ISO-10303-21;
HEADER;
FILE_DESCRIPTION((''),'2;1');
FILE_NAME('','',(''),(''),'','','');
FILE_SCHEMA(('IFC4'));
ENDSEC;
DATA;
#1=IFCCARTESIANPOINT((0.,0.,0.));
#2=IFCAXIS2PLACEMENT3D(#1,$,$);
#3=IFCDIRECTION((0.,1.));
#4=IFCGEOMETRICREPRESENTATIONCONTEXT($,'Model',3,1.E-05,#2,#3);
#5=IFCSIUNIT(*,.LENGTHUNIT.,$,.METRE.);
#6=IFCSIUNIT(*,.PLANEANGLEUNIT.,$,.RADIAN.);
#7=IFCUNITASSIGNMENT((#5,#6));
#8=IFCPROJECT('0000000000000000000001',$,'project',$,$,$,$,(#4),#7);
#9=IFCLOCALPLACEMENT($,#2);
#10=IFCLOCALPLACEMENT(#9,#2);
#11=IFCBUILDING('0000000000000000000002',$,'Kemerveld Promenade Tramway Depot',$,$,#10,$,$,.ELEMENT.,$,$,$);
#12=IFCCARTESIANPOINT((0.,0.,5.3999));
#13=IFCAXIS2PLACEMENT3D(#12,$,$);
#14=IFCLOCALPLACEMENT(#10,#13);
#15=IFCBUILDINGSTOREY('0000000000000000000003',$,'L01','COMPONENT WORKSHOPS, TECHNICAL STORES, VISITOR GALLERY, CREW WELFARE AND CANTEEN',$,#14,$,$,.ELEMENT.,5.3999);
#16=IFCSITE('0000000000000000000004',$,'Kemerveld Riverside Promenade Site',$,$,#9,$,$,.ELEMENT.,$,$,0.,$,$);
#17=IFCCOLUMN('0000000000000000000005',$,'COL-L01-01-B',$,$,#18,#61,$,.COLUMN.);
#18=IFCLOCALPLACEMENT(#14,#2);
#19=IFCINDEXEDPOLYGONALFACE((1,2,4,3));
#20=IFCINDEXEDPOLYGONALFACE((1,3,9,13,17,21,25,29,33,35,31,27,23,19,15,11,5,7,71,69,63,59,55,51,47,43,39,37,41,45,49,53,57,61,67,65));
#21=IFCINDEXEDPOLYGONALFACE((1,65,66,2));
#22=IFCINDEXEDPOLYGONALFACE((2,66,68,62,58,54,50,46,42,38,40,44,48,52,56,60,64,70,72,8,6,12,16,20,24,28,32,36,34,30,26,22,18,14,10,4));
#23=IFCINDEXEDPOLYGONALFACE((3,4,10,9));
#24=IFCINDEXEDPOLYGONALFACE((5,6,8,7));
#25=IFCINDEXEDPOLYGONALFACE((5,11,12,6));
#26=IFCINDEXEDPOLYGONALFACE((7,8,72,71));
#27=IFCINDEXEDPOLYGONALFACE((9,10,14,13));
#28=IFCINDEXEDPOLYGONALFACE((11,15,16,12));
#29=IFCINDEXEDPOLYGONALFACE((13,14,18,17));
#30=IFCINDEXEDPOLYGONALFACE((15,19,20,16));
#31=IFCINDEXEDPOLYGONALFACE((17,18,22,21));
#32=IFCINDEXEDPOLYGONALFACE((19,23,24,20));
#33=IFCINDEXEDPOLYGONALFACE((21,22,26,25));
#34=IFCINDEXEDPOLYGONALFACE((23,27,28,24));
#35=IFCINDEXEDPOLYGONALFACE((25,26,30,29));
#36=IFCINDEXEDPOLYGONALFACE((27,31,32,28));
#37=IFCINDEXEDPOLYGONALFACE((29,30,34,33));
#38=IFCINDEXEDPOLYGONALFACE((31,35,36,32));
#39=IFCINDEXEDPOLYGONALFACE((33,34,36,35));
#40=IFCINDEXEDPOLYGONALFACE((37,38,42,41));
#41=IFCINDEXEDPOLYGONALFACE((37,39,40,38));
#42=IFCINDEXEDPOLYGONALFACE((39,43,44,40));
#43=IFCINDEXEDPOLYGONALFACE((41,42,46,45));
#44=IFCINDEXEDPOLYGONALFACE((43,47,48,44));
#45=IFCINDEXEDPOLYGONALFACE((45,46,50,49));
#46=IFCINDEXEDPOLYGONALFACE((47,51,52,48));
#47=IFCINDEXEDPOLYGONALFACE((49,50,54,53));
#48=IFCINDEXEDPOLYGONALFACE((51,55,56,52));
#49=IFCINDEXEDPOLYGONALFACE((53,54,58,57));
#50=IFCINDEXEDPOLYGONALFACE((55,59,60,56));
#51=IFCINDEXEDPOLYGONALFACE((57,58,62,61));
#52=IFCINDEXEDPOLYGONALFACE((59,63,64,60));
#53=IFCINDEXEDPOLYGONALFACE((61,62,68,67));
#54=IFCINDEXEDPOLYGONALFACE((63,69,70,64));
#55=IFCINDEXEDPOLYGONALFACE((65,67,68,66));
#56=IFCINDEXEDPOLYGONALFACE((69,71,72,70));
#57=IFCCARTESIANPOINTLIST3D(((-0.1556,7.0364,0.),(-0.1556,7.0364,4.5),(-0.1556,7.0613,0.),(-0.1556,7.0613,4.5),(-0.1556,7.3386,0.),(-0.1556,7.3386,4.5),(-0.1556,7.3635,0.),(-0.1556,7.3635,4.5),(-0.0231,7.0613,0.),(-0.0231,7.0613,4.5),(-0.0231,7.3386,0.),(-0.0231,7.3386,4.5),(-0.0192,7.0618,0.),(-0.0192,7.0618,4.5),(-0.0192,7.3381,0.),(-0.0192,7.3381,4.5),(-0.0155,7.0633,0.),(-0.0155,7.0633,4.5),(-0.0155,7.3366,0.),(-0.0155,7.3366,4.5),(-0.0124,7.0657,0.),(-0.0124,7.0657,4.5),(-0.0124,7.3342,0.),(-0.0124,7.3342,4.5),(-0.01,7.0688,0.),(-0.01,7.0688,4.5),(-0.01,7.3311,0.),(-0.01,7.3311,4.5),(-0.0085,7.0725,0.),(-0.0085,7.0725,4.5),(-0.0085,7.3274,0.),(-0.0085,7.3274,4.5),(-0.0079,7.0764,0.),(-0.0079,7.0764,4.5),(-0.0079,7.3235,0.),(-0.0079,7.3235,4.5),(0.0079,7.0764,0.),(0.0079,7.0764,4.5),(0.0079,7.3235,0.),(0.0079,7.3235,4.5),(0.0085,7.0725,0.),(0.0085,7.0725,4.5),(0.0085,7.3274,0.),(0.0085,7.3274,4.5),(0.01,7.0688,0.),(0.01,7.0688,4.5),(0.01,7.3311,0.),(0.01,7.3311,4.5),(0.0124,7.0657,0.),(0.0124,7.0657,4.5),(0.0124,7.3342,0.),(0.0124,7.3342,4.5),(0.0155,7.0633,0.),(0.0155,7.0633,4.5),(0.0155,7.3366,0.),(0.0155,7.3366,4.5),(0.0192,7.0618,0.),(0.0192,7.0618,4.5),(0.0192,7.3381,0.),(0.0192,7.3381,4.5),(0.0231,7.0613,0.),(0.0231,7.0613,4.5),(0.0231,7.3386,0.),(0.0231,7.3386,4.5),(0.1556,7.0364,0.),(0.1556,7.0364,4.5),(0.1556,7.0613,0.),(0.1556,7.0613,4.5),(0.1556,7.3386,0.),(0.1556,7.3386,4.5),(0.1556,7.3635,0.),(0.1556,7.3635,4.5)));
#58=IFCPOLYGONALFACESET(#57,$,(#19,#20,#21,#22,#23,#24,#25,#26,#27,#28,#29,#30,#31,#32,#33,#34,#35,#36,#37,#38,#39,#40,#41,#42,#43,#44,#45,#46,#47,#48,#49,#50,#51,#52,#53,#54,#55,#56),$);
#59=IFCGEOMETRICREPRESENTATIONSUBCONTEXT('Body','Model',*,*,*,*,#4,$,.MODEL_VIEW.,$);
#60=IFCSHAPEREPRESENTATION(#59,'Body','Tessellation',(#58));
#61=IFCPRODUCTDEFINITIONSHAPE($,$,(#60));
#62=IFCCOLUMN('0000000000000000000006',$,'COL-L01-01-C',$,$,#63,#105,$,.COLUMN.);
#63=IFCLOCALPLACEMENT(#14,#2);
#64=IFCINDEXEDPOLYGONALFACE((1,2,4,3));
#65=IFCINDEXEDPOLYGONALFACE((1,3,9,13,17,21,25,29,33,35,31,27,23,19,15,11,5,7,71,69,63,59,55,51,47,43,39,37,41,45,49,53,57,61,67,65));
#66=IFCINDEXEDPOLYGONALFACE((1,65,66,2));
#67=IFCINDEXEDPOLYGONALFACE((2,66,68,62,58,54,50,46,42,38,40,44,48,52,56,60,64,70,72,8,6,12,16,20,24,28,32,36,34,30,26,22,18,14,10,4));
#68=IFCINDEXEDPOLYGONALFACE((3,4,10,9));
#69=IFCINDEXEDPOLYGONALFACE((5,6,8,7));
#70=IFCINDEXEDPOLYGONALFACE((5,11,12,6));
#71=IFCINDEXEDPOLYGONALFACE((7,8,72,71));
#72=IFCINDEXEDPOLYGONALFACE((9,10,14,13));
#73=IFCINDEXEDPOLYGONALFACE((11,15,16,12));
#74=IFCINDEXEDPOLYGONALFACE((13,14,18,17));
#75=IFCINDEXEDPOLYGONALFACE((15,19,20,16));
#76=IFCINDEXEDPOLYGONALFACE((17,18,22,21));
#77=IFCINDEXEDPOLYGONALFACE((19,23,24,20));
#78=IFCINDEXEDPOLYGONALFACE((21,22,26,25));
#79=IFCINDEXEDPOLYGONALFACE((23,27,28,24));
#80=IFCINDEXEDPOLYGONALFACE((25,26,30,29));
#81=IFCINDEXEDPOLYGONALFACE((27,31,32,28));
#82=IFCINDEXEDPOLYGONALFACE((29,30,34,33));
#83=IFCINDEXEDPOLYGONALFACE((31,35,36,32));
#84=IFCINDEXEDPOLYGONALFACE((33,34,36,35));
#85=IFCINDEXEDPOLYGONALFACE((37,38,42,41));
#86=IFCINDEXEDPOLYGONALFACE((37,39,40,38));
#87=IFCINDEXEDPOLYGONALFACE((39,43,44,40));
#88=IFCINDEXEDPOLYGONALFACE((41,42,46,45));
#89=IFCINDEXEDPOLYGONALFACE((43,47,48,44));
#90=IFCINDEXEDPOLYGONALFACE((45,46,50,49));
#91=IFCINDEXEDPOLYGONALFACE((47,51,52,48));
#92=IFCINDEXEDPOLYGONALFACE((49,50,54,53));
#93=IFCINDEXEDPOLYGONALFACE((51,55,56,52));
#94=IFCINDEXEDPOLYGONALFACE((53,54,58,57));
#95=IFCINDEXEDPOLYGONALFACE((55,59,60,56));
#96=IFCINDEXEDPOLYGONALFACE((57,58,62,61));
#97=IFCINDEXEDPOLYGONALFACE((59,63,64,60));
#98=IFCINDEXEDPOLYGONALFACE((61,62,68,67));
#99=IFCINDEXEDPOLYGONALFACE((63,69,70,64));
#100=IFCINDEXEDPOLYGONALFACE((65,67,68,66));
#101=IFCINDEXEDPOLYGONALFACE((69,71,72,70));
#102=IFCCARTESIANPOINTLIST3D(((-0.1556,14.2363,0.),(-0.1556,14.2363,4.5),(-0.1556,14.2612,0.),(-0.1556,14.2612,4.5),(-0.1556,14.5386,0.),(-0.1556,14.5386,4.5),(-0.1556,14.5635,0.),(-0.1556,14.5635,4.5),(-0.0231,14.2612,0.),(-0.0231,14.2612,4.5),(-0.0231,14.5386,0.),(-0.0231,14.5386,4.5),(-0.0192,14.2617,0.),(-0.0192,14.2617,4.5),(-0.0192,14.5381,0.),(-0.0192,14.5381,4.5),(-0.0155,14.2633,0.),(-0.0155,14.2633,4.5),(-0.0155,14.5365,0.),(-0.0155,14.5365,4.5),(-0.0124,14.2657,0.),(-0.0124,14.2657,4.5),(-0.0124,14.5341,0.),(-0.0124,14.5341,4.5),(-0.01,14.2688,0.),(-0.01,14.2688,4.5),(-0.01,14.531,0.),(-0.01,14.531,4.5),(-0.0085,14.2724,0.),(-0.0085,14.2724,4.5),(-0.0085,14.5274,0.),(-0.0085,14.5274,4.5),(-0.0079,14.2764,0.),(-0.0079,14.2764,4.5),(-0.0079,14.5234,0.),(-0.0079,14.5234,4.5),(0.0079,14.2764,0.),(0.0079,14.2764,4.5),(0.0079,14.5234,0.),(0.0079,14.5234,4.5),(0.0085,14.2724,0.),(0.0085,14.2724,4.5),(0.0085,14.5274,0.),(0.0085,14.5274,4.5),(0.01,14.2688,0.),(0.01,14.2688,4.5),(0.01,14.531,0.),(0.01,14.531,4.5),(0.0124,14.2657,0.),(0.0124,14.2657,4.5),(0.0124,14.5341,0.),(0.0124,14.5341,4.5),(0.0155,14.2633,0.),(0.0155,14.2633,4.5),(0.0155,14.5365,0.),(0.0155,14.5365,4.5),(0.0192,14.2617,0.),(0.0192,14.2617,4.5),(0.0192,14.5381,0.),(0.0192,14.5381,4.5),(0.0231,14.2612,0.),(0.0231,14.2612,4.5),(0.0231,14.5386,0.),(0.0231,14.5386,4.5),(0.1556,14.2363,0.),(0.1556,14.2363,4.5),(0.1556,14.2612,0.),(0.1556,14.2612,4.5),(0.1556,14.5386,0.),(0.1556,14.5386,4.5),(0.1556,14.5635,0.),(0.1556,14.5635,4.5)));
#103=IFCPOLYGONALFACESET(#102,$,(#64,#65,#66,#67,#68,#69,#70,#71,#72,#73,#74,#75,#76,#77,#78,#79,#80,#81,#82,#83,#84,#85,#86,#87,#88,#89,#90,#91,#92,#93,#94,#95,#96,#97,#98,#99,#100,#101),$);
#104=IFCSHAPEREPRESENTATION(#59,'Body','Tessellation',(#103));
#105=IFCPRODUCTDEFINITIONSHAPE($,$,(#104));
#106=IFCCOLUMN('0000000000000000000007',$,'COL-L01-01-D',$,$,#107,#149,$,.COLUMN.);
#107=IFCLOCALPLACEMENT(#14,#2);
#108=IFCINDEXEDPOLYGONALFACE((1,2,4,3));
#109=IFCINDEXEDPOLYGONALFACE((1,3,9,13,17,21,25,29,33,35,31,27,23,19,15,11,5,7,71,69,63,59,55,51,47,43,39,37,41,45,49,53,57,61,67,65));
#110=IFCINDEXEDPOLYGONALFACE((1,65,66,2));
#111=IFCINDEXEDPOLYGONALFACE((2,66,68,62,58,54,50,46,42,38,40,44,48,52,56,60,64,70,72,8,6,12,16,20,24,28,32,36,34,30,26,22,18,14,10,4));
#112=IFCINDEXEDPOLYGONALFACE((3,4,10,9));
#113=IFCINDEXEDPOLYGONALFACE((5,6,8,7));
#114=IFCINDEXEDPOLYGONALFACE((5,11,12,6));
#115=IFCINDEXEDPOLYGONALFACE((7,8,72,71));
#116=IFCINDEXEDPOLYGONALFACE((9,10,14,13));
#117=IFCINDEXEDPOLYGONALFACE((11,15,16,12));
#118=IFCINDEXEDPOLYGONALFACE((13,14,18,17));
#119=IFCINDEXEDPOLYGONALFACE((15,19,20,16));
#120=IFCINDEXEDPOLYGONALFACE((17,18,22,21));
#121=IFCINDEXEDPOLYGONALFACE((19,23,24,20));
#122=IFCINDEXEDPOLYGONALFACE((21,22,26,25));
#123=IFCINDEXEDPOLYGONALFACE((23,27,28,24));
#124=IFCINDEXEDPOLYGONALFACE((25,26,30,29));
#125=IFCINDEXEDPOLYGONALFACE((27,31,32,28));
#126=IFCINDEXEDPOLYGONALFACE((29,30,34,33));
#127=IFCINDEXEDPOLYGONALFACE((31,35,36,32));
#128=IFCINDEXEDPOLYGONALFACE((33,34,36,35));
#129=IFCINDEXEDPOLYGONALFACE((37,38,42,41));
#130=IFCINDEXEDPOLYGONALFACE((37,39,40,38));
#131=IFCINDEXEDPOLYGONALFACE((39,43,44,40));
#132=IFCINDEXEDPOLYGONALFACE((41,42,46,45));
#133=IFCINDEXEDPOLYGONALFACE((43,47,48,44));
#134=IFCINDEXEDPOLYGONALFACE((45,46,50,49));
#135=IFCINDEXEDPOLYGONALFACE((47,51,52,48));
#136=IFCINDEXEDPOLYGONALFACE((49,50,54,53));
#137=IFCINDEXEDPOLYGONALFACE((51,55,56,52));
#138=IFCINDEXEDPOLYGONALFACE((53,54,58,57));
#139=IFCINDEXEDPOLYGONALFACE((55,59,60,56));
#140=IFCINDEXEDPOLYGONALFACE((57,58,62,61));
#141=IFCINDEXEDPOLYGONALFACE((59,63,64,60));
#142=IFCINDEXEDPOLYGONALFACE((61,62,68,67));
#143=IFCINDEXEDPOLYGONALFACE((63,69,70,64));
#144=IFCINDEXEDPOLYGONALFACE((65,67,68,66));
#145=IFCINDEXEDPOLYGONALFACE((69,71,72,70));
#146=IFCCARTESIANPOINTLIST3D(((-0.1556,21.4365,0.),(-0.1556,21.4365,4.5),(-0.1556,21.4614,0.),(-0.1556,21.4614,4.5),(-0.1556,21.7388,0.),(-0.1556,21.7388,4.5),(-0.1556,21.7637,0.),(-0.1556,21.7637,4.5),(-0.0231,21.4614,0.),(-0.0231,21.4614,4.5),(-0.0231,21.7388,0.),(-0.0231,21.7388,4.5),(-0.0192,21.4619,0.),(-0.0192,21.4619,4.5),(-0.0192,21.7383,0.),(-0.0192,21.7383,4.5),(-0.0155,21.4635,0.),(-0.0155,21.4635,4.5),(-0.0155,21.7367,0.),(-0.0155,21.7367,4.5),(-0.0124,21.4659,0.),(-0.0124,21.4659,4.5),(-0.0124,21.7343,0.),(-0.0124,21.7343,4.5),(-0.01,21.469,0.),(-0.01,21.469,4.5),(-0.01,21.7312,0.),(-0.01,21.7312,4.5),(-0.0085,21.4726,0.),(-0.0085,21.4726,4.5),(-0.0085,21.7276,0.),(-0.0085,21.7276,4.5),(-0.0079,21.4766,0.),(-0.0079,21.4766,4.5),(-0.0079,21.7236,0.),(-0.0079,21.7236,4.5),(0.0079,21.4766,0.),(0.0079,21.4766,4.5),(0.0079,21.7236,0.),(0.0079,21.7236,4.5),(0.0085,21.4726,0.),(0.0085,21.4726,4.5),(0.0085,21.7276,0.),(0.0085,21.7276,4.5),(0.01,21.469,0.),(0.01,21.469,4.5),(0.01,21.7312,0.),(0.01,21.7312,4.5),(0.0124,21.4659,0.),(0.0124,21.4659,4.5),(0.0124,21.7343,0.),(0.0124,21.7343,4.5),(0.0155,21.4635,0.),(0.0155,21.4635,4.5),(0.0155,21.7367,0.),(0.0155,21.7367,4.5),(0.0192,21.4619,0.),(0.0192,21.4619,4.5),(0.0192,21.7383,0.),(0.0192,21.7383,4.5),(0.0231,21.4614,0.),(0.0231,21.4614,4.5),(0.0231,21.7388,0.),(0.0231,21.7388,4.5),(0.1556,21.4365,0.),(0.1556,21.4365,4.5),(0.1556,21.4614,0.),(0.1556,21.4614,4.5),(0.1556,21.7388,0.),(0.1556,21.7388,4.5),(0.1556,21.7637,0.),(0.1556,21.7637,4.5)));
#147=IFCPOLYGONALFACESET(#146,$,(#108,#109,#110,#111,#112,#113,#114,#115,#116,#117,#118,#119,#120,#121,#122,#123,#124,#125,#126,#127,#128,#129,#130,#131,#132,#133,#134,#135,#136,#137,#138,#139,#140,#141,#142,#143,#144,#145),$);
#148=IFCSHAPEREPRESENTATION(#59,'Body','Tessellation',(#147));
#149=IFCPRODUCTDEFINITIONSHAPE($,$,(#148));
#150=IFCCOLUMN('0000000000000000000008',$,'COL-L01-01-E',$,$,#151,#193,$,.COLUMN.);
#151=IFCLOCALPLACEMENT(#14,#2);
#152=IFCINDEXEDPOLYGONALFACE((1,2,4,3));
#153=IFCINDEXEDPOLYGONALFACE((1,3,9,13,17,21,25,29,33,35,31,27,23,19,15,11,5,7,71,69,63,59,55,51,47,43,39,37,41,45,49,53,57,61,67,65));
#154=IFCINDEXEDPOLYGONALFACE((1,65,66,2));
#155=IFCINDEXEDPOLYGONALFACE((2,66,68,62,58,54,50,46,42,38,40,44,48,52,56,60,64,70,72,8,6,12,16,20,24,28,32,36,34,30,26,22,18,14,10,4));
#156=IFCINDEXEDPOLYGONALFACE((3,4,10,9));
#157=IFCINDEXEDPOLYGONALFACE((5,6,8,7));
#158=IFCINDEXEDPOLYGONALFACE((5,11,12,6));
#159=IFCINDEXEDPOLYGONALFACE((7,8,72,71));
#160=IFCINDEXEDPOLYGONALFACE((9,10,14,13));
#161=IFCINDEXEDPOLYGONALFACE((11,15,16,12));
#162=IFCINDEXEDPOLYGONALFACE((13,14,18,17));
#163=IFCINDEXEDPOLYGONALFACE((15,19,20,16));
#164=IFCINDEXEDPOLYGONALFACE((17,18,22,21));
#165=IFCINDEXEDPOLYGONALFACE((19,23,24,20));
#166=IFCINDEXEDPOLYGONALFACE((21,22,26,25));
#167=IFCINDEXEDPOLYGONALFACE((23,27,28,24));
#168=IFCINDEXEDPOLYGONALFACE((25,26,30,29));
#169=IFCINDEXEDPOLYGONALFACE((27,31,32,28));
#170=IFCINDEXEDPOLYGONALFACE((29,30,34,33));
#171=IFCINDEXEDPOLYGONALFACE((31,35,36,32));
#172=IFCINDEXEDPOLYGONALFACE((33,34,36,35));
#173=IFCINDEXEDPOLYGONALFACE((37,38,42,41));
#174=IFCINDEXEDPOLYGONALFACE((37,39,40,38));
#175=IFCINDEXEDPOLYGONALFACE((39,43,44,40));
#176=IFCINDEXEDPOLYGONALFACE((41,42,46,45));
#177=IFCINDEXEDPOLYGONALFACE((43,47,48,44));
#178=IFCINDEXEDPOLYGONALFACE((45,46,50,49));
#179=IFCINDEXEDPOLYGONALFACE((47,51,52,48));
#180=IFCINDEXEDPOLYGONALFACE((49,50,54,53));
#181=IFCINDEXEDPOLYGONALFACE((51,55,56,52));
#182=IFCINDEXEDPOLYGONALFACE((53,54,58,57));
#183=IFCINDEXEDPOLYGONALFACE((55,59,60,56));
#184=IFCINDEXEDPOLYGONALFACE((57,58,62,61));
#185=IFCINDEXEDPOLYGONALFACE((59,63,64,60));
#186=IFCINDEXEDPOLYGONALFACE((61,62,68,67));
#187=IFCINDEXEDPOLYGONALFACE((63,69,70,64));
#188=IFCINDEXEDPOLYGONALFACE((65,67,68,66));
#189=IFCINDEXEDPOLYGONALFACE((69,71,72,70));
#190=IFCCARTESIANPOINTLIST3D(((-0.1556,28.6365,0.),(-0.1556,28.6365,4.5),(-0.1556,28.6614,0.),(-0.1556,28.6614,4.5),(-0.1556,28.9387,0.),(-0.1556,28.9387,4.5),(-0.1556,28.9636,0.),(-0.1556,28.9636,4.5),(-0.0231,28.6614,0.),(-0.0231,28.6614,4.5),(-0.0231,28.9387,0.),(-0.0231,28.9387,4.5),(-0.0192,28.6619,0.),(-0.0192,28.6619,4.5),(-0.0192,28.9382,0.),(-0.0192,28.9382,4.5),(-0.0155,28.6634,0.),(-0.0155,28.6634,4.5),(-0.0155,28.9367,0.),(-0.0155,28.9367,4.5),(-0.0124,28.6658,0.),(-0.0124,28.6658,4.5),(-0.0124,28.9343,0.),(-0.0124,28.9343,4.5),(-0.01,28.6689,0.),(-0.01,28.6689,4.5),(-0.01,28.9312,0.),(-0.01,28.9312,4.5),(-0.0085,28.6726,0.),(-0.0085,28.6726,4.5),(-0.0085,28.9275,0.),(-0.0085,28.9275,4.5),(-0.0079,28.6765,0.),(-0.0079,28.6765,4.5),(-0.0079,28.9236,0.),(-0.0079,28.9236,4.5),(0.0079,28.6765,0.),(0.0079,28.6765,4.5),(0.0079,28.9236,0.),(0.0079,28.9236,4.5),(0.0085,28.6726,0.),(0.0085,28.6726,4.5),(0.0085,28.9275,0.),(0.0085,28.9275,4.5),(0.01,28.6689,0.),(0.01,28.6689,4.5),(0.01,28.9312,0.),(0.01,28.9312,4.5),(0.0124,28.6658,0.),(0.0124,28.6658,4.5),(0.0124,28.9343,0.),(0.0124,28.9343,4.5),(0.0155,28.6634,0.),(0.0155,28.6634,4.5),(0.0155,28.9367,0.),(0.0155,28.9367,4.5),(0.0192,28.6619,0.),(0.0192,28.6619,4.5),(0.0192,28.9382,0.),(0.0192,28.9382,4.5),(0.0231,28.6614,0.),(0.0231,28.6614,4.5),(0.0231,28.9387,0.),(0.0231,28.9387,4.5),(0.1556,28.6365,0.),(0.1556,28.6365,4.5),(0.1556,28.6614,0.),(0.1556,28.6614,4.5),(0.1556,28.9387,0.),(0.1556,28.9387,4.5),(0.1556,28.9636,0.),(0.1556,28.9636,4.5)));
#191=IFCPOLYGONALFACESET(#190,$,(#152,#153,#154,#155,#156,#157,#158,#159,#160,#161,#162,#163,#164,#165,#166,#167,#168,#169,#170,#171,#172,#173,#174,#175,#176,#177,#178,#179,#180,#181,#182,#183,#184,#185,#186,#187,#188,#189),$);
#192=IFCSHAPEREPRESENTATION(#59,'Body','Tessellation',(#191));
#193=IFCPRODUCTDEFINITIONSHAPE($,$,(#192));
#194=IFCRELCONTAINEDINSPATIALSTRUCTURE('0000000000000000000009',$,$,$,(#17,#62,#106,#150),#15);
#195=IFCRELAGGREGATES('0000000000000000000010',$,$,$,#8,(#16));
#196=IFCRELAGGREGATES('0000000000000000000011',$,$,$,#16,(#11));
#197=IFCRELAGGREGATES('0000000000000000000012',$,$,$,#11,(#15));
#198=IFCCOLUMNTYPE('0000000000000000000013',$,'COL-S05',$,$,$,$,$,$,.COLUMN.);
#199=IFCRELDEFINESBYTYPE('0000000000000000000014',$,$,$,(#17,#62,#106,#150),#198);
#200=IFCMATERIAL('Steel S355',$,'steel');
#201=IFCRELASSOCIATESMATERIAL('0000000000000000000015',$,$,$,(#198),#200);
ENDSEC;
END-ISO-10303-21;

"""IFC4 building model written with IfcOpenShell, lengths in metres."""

from ifc_helpers import new_model, si_unit, direction, frame, origin, origin_2d, place, context, subcontext, project, spatial, i_section, extrude, material, material_profile, profile_set, type_object, element, save


model = new_model("IFC4")

# Units and contexts
model_context = context("Model", 3, precision=1e-05, world=origin(), true_north=direction((0.0, 1.0)))
body_context = subcontext(model_context, "Body", "Model", "MODEL_VIEW")
ifc_project = project(units=[si_unit("LENGTHUNIT", "METRE"), si_unit("PLANEANGLEUNIT", "RADIAN")], contexts=[model_context])

# Site, building, storey
site_placement = place(None, origin())
site = spatial("IfcSite", under=ifc_project, at=site_placement, Name="Kemerveld Riverside Promenade Site", CompositionType="ELEMENT", RefElevation=0.0)
building_placement = place(site_placement, origin())
building = spatial("IfcBuilding", under=site, at=building_placement, Name="Kemerveld Promenade Tramway Depot", CompositionType="ELEMENT")
storey_placement = place(building_placement, frame((0.0, 0.0, 5.3999)))
storey = spatial("IfcBuildingStorey", under=building, at=storey_placement, Name="L01", Description="COMPONENT WORKSHOPS, TECHNICAL STORES, VISITOR GALLERY, CREW WELFARE AND CANTEEN", CompositionType="ELEMENT", Elevation=5.3999)

# Columns
ifc_material_1 = material(Name="Steel S355", Category="steel")
ifc_material_profile_1 = material_profile(ifc_material_1, i_section(OverallWidth=0.3113, OverallDepth=0.3271, WebThickness=0.0159, FlangeThickness=0.0249, FilletRadius=0.0151, at=origin_2d()), Name="305x305x158 UC")
ifc_profile_set_1 = profile_set([ifc_material_profile_1], Name="Steel S355")
column_type = type_object("IfcColumnType", Name="COL-S05", PredefinedType="COLUMN", material=ifc_profile_set_1)
for number, where, z_axis, x_axis, name in (
    (1, (0.0, 7.2, 0.0), (0.0, 0.0, 1.0), (1.0, 0.0, 0.0), "COL-L01-01-B"),
    (2, (0.0, 14.3999, 0.0), (0.0, 0.0, 1.0), (1.0, 0.0, 0.0), "COL-L01-01-C"),
    (3, (0.0, 21.6001, 0.0), (0.0, 0.0, 1.0), (1.0, 0.0, 0.0), "COL-L01-01-D"),
    (4, (0.0, 28.8, 0.0), (0.0, 0.0, 1.0), (1.0, 0.0, 0.0), "COL-L01-01-E"),
):
    element("IfcColumn", number, at=place(storey_placement, frame(where, z_axis=z_axis, x_axis=x_axis)), inside=storey, type_object=column_type, Name=name, PredefinedType="COLUMN", context=body_context, shape_type="SweptSolid", body=[
        extrude(i_section(OverallWidth=0.3113, OverallDepth=0.3271, WebThickness=0.0159, FlangeThickness=0.0249, FilletRadius=0.0151, at=origin_2d()), origin(), (0.0, 0.0, 1.0), 4.5),
    ])

save(model, "model.ifc")
